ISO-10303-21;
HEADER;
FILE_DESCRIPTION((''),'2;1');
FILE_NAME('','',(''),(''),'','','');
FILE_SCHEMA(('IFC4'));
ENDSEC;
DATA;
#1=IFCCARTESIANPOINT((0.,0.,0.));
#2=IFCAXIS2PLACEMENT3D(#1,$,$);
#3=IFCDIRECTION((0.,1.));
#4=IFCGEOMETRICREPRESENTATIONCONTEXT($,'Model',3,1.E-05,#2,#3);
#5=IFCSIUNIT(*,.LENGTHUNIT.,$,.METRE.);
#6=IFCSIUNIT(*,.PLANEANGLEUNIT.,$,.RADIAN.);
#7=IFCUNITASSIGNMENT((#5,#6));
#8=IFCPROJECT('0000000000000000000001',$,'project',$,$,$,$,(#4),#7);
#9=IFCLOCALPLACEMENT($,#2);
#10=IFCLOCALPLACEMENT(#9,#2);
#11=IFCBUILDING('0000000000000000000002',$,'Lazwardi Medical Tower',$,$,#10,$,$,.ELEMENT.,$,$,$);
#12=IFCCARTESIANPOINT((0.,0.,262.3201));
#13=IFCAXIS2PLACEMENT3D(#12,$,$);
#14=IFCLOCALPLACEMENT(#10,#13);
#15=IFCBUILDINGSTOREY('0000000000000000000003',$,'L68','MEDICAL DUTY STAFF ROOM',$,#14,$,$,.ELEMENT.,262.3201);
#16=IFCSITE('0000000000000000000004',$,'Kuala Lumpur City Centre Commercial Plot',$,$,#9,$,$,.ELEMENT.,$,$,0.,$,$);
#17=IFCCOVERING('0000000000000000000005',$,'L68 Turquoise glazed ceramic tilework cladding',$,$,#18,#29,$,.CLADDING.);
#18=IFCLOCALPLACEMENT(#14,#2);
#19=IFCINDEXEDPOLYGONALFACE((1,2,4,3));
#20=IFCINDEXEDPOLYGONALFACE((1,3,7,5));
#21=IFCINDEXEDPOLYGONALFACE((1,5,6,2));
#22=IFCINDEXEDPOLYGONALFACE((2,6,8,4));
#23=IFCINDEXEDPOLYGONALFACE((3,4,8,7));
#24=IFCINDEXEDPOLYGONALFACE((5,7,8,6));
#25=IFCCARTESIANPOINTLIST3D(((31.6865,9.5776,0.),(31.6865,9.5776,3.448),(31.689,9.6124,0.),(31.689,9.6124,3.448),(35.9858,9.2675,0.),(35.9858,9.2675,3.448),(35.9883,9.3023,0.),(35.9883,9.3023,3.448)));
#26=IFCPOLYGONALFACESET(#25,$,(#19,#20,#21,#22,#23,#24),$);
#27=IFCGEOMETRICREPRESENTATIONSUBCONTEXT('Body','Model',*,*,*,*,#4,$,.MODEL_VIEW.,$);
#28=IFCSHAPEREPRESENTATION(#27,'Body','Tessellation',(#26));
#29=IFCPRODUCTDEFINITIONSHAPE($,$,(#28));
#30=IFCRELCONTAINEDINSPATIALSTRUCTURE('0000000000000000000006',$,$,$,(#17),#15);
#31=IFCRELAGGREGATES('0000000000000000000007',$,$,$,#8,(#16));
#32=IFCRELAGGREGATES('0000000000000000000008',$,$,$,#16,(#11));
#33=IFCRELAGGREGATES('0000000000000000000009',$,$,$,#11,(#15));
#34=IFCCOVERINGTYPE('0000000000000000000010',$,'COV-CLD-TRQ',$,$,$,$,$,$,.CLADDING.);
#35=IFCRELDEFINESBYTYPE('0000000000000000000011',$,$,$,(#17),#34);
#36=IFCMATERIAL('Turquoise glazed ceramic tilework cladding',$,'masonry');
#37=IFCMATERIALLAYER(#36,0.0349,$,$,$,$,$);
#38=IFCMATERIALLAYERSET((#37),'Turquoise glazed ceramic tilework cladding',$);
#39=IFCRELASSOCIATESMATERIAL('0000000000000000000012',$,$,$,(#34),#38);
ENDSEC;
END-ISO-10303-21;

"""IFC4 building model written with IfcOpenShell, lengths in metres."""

from ifc_helpers import new_model, si_unit, direction, frame, origin, origin_2d, place, context, subcontext, project, spatial, rectangle, extrude, material, layer, layer_set, type_object, element, save


model = new_model("IFC4")

# Units and contexts
model_context = context("Model", 3, precision=1e-05, world=origin(), true_north=direction((0.0, 1.0)))
body_context = subcontext(model_context, "Body", "Model", "MODEL_VIEW")
ifc_project = project(units=[si_unit("LENGTHUNIT", "METRE"), si_unit("PLANEANGLEUNIT", "RADIAN")], contexts=[model_context])

# Site, building, storey
site_placement = place(None, origin())
site = spatial("IfcSite", under=ifc_project, at=site_placement, Name="Kuala Lumpur City Centre Commercial Plot", CompositionType="ELEMENT", RefElevation=0.0)
building_placement = place(site_placement, origin())
building = spatial("IfcBuilding", under=site, at=building_placement, Name="Lazwardi Medical Tower", CompositionType="ELEMENT")
storey_placement = place(building_placement, frame((0.0, 0.0, 262.3201)))
storey = spatial("IfcBuildingStorey", under=building, at=storey_placement, Name="L68", Description="MEDICAL DUTY STAFF ROOM", CompositionType="ELEMENT", Elevation=262.3201)

# Covering
ifc_material_1 = material(Name="Turquoise glazed ceramic tilework cladding", Category="masonry")
ifc_layer_1 = layer(ifc_material_1, 0.0349)
ifc_layer_set_1 = layer_set([ifc_layer_1], Name="Turquoise glazed ceramic tilework cladding")
covering_type_1 = type_object("IfcCoveringType", Name="COV-CLD-TRQ", PredefinedType="CLADDING", material=ifc_layer_set_1)
covering_1_placement = place(storey_placement, frame((33.8374, 9.4399, 0.0), z_axis=(0.0, 0.0, 1.0), x_axis=(0.997409, -0.07194, 0.0)))
element("IfcCovering", 1, at=covering_1_placement, inside=storey, type_object=covering_type_1, Name="L68 Turquoise glazed ceramic tilework cladding", PredefinedType="CLADDING", context=body_context, shape_type="SweptSolid", body=[
    extrude(rectangle(XDim=4.3105, YDim=0.0349, at=origin_2d()), origin(), (0.0, 0.0, 1.0), 3.448),
])

save(model, "model.ifc")
